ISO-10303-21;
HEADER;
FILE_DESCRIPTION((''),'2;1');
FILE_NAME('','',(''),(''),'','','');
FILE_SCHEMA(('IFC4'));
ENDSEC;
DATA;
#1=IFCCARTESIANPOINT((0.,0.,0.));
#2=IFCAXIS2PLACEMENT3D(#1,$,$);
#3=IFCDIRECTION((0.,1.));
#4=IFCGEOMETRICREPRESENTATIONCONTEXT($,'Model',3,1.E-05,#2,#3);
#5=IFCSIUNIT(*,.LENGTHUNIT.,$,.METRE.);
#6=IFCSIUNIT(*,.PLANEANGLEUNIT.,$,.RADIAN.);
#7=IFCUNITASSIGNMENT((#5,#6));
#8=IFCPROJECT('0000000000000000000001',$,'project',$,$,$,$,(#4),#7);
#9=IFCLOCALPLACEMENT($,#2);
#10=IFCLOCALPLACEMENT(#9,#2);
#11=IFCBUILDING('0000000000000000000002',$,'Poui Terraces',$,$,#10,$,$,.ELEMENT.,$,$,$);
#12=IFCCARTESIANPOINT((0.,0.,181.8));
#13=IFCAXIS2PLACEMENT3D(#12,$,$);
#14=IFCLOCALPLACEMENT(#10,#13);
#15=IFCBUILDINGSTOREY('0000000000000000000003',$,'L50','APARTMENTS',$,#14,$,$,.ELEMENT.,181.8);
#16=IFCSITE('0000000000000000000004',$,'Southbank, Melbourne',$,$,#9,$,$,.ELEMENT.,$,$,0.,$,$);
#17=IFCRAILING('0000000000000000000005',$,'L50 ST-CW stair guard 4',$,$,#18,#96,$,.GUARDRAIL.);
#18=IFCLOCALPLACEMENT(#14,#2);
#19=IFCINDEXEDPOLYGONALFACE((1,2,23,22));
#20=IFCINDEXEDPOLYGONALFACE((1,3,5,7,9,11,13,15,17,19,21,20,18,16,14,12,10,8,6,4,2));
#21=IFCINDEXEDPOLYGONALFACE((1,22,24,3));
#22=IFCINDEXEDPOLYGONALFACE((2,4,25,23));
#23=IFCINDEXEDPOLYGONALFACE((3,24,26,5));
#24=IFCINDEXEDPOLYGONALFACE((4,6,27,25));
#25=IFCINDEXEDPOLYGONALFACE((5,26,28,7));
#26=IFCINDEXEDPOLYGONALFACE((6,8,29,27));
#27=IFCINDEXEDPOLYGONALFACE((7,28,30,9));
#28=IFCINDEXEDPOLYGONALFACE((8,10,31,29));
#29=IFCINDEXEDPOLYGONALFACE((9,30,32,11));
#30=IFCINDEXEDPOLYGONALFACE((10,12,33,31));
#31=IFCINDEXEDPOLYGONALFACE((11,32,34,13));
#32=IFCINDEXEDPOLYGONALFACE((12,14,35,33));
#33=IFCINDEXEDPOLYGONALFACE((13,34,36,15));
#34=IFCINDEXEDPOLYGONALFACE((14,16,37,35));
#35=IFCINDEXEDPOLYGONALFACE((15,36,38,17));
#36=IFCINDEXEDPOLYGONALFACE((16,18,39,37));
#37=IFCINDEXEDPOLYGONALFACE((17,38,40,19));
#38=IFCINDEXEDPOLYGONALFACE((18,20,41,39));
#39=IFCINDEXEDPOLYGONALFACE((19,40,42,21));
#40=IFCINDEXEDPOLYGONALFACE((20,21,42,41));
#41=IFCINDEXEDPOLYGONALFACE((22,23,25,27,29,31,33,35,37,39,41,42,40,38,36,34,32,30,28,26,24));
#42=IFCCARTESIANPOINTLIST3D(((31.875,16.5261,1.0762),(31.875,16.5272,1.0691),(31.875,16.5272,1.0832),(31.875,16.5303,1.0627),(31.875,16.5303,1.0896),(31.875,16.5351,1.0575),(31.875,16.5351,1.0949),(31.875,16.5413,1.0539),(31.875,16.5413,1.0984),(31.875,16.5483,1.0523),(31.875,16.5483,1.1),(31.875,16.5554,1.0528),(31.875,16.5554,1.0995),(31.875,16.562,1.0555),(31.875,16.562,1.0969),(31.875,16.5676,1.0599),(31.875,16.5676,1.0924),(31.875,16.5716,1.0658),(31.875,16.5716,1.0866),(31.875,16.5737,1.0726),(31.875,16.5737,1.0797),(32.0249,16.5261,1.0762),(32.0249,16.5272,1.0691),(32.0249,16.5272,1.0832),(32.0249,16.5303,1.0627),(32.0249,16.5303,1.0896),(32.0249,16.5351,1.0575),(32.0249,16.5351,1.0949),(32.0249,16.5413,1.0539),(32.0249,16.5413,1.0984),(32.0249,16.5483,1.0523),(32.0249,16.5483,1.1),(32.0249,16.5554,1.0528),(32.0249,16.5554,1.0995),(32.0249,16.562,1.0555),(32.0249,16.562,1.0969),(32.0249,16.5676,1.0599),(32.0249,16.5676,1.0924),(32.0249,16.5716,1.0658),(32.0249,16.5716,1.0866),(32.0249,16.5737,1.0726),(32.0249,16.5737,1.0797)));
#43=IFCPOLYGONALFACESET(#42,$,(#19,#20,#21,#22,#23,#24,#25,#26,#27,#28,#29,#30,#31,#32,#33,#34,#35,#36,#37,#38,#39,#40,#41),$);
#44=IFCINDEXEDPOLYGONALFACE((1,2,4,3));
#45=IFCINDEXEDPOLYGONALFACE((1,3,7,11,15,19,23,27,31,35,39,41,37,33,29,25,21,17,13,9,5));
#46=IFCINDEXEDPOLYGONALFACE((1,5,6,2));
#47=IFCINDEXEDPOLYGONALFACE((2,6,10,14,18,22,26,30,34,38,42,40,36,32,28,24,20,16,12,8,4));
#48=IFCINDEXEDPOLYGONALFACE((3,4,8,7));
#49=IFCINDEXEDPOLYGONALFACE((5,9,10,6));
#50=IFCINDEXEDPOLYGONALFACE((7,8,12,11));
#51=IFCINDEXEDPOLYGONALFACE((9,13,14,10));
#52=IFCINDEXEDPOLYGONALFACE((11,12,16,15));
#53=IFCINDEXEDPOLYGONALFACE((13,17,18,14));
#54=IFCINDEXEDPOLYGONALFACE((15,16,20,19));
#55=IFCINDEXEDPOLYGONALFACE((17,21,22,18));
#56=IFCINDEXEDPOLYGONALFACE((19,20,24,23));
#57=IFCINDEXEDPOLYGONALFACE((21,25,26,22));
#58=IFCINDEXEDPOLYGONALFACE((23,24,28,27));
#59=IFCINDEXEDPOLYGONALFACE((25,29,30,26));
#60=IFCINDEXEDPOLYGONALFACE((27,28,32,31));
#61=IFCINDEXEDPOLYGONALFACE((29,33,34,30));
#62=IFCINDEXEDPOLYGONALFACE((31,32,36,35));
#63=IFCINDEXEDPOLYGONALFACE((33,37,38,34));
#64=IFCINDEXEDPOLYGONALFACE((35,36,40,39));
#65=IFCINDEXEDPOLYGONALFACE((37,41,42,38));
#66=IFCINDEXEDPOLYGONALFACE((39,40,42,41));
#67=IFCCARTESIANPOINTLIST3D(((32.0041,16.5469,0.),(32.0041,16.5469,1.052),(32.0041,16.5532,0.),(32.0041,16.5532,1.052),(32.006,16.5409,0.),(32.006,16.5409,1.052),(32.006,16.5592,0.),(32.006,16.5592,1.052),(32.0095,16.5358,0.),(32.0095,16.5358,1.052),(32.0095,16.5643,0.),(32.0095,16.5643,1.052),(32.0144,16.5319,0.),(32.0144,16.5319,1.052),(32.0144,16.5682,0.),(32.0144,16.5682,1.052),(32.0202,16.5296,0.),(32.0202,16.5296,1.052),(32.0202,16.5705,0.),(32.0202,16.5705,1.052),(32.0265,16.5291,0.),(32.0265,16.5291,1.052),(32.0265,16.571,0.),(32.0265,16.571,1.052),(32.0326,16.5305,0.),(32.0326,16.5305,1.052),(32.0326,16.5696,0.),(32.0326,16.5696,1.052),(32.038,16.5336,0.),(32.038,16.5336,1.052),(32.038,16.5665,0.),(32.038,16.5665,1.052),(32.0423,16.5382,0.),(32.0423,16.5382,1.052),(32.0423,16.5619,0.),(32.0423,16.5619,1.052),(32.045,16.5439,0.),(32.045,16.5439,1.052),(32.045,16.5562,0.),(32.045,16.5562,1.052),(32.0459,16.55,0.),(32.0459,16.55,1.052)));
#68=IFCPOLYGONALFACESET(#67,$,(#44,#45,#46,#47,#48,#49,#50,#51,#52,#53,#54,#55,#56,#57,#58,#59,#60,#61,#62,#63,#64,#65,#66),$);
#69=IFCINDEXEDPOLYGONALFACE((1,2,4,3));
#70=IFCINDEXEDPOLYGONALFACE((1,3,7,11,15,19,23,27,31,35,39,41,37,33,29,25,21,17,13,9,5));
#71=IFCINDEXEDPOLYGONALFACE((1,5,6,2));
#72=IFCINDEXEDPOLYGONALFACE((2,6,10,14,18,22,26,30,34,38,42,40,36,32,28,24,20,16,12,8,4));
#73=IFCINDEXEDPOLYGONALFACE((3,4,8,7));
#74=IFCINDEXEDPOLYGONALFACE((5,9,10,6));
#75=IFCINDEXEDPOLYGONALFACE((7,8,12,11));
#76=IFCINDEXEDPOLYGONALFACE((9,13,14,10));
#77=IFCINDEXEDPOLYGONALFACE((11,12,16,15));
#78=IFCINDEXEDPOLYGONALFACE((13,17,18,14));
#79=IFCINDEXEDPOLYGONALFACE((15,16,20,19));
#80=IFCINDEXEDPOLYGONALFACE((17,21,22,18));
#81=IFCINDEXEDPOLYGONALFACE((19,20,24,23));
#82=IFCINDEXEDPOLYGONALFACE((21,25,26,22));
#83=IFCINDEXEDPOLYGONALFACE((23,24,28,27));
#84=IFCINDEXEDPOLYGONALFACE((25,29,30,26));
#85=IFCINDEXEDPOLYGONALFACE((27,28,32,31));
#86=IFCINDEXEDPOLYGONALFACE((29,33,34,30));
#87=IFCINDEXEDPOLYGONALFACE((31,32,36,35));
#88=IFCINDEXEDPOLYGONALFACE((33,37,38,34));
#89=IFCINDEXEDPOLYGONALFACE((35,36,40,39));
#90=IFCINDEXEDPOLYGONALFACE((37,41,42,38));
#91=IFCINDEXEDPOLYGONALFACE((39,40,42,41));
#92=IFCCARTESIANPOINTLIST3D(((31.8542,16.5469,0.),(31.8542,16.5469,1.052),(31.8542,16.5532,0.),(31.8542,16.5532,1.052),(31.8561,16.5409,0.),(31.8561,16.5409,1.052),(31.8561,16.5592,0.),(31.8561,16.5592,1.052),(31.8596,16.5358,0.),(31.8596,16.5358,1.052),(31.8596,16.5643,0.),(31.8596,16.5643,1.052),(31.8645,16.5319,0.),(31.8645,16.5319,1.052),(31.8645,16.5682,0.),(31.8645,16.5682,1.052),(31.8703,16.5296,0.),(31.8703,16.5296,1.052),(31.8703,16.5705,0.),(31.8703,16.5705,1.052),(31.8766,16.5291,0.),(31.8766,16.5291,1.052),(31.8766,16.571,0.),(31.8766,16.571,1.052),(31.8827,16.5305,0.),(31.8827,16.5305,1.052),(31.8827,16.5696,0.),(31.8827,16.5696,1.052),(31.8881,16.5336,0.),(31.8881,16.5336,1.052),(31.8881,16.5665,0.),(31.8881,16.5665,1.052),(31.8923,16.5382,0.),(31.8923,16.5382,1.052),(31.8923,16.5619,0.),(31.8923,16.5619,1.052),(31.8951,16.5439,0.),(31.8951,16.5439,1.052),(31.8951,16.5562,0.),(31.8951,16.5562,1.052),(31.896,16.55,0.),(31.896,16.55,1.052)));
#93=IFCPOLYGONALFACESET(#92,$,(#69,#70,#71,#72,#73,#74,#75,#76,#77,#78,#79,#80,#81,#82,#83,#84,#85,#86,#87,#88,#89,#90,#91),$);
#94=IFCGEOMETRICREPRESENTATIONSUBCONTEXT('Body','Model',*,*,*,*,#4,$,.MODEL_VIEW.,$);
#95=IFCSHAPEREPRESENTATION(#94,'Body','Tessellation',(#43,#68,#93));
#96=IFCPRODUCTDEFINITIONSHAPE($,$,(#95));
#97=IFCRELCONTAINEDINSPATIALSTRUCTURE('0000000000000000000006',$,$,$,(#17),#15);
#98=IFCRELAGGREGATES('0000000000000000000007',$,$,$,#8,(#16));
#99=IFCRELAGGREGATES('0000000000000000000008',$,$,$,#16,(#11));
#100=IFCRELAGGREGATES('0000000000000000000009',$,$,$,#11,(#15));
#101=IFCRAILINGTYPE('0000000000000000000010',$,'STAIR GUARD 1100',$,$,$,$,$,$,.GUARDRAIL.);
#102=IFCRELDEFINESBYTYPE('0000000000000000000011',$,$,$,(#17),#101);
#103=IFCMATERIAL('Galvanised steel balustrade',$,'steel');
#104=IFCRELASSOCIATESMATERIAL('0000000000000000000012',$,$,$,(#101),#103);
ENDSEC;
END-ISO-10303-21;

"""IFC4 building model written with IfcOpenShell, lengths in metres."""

from ifc_helpers import new_model, si_unit, direction, frame, origin, origin_2d, place, context, subcontext, project, spatial, circle, extrude, material, type_object, element, save


model = new_model("IFC4")

# Units and contexts
model_context = context("Model", 3, precision=1e-05, world=origin(), true_north=direction((0.0, 1.0)))
body_context = subcontext(model_context, "Body", "Model", "MODEL_VIEW")
ifc_project = project(units=[si_unit("LENGTHUNIT", "METRE"), si_unit("PLANEANGLEUNIT", "RADIAN")], contexts=[model_context])

# Site, building, storey
site_placement = place(None, origin())
site = spatial("IfcSite", under=ifc_project, at=site_placement, Name="Southbank, Melbourne", CompositionType="ELEMENT", RefElevation=0.0)
building_placement = place(site_placement, origin())
building = spatial("IfcBuilding", under=site, at=building_placement, Name="Poui Terraces", CompositionType="ELEMENT")
storey_placement = place(building_placement, frame((0.0, 0.0, 181.8)))
storey = spatial("IfcBuildingStorey", under=building, at=storey_placement, Name="L50", Description="APARTMENTS", CompositionType="ELEMENT", Elevation=181.8)

# Railing
ifc_material_1 = material(Name="Galvanised steel balustrade", Category="steel")
railing_type_1 = type_object("IfcRailingType", Name="STAIR GUARD 1100", PredefinedType="GUARDRAIL", material=ifc_material_1)
railing_1_placement = place(storey_placement, frame((32.0249, 16.55, 0.0)))
element("IfcRailing", 1, at=railing_1_placement, inside=storey, type_object=railing_type_1, Name="L50 ST-CW stair guard 4", PredefinedType="GUARDRAIL", context=body_context, shape_type="SweptSolid", body=[
    extrude(circle(Radius=0.0239, at=origin_2d()), frame((0.0, 0.0, 1.0762), z_axis=(-1.0, 0.0, 0.0), x_axis=(0.0, -1.0, 0.0)), (0.0, 0.0, 1.0), 0.1499),
    extrude(circle(Radius=0.021, at=origin_2d()), origin(), (0.0, 0.0, 1.0), 1.052),
    extrude(circle(Radius=0.021, at=origin_2d()), frame((-0.1499, 0.0, 0.0)), (0.0, 0.0, 1.0), 1.052),
])

save(model, "model.ifc")
